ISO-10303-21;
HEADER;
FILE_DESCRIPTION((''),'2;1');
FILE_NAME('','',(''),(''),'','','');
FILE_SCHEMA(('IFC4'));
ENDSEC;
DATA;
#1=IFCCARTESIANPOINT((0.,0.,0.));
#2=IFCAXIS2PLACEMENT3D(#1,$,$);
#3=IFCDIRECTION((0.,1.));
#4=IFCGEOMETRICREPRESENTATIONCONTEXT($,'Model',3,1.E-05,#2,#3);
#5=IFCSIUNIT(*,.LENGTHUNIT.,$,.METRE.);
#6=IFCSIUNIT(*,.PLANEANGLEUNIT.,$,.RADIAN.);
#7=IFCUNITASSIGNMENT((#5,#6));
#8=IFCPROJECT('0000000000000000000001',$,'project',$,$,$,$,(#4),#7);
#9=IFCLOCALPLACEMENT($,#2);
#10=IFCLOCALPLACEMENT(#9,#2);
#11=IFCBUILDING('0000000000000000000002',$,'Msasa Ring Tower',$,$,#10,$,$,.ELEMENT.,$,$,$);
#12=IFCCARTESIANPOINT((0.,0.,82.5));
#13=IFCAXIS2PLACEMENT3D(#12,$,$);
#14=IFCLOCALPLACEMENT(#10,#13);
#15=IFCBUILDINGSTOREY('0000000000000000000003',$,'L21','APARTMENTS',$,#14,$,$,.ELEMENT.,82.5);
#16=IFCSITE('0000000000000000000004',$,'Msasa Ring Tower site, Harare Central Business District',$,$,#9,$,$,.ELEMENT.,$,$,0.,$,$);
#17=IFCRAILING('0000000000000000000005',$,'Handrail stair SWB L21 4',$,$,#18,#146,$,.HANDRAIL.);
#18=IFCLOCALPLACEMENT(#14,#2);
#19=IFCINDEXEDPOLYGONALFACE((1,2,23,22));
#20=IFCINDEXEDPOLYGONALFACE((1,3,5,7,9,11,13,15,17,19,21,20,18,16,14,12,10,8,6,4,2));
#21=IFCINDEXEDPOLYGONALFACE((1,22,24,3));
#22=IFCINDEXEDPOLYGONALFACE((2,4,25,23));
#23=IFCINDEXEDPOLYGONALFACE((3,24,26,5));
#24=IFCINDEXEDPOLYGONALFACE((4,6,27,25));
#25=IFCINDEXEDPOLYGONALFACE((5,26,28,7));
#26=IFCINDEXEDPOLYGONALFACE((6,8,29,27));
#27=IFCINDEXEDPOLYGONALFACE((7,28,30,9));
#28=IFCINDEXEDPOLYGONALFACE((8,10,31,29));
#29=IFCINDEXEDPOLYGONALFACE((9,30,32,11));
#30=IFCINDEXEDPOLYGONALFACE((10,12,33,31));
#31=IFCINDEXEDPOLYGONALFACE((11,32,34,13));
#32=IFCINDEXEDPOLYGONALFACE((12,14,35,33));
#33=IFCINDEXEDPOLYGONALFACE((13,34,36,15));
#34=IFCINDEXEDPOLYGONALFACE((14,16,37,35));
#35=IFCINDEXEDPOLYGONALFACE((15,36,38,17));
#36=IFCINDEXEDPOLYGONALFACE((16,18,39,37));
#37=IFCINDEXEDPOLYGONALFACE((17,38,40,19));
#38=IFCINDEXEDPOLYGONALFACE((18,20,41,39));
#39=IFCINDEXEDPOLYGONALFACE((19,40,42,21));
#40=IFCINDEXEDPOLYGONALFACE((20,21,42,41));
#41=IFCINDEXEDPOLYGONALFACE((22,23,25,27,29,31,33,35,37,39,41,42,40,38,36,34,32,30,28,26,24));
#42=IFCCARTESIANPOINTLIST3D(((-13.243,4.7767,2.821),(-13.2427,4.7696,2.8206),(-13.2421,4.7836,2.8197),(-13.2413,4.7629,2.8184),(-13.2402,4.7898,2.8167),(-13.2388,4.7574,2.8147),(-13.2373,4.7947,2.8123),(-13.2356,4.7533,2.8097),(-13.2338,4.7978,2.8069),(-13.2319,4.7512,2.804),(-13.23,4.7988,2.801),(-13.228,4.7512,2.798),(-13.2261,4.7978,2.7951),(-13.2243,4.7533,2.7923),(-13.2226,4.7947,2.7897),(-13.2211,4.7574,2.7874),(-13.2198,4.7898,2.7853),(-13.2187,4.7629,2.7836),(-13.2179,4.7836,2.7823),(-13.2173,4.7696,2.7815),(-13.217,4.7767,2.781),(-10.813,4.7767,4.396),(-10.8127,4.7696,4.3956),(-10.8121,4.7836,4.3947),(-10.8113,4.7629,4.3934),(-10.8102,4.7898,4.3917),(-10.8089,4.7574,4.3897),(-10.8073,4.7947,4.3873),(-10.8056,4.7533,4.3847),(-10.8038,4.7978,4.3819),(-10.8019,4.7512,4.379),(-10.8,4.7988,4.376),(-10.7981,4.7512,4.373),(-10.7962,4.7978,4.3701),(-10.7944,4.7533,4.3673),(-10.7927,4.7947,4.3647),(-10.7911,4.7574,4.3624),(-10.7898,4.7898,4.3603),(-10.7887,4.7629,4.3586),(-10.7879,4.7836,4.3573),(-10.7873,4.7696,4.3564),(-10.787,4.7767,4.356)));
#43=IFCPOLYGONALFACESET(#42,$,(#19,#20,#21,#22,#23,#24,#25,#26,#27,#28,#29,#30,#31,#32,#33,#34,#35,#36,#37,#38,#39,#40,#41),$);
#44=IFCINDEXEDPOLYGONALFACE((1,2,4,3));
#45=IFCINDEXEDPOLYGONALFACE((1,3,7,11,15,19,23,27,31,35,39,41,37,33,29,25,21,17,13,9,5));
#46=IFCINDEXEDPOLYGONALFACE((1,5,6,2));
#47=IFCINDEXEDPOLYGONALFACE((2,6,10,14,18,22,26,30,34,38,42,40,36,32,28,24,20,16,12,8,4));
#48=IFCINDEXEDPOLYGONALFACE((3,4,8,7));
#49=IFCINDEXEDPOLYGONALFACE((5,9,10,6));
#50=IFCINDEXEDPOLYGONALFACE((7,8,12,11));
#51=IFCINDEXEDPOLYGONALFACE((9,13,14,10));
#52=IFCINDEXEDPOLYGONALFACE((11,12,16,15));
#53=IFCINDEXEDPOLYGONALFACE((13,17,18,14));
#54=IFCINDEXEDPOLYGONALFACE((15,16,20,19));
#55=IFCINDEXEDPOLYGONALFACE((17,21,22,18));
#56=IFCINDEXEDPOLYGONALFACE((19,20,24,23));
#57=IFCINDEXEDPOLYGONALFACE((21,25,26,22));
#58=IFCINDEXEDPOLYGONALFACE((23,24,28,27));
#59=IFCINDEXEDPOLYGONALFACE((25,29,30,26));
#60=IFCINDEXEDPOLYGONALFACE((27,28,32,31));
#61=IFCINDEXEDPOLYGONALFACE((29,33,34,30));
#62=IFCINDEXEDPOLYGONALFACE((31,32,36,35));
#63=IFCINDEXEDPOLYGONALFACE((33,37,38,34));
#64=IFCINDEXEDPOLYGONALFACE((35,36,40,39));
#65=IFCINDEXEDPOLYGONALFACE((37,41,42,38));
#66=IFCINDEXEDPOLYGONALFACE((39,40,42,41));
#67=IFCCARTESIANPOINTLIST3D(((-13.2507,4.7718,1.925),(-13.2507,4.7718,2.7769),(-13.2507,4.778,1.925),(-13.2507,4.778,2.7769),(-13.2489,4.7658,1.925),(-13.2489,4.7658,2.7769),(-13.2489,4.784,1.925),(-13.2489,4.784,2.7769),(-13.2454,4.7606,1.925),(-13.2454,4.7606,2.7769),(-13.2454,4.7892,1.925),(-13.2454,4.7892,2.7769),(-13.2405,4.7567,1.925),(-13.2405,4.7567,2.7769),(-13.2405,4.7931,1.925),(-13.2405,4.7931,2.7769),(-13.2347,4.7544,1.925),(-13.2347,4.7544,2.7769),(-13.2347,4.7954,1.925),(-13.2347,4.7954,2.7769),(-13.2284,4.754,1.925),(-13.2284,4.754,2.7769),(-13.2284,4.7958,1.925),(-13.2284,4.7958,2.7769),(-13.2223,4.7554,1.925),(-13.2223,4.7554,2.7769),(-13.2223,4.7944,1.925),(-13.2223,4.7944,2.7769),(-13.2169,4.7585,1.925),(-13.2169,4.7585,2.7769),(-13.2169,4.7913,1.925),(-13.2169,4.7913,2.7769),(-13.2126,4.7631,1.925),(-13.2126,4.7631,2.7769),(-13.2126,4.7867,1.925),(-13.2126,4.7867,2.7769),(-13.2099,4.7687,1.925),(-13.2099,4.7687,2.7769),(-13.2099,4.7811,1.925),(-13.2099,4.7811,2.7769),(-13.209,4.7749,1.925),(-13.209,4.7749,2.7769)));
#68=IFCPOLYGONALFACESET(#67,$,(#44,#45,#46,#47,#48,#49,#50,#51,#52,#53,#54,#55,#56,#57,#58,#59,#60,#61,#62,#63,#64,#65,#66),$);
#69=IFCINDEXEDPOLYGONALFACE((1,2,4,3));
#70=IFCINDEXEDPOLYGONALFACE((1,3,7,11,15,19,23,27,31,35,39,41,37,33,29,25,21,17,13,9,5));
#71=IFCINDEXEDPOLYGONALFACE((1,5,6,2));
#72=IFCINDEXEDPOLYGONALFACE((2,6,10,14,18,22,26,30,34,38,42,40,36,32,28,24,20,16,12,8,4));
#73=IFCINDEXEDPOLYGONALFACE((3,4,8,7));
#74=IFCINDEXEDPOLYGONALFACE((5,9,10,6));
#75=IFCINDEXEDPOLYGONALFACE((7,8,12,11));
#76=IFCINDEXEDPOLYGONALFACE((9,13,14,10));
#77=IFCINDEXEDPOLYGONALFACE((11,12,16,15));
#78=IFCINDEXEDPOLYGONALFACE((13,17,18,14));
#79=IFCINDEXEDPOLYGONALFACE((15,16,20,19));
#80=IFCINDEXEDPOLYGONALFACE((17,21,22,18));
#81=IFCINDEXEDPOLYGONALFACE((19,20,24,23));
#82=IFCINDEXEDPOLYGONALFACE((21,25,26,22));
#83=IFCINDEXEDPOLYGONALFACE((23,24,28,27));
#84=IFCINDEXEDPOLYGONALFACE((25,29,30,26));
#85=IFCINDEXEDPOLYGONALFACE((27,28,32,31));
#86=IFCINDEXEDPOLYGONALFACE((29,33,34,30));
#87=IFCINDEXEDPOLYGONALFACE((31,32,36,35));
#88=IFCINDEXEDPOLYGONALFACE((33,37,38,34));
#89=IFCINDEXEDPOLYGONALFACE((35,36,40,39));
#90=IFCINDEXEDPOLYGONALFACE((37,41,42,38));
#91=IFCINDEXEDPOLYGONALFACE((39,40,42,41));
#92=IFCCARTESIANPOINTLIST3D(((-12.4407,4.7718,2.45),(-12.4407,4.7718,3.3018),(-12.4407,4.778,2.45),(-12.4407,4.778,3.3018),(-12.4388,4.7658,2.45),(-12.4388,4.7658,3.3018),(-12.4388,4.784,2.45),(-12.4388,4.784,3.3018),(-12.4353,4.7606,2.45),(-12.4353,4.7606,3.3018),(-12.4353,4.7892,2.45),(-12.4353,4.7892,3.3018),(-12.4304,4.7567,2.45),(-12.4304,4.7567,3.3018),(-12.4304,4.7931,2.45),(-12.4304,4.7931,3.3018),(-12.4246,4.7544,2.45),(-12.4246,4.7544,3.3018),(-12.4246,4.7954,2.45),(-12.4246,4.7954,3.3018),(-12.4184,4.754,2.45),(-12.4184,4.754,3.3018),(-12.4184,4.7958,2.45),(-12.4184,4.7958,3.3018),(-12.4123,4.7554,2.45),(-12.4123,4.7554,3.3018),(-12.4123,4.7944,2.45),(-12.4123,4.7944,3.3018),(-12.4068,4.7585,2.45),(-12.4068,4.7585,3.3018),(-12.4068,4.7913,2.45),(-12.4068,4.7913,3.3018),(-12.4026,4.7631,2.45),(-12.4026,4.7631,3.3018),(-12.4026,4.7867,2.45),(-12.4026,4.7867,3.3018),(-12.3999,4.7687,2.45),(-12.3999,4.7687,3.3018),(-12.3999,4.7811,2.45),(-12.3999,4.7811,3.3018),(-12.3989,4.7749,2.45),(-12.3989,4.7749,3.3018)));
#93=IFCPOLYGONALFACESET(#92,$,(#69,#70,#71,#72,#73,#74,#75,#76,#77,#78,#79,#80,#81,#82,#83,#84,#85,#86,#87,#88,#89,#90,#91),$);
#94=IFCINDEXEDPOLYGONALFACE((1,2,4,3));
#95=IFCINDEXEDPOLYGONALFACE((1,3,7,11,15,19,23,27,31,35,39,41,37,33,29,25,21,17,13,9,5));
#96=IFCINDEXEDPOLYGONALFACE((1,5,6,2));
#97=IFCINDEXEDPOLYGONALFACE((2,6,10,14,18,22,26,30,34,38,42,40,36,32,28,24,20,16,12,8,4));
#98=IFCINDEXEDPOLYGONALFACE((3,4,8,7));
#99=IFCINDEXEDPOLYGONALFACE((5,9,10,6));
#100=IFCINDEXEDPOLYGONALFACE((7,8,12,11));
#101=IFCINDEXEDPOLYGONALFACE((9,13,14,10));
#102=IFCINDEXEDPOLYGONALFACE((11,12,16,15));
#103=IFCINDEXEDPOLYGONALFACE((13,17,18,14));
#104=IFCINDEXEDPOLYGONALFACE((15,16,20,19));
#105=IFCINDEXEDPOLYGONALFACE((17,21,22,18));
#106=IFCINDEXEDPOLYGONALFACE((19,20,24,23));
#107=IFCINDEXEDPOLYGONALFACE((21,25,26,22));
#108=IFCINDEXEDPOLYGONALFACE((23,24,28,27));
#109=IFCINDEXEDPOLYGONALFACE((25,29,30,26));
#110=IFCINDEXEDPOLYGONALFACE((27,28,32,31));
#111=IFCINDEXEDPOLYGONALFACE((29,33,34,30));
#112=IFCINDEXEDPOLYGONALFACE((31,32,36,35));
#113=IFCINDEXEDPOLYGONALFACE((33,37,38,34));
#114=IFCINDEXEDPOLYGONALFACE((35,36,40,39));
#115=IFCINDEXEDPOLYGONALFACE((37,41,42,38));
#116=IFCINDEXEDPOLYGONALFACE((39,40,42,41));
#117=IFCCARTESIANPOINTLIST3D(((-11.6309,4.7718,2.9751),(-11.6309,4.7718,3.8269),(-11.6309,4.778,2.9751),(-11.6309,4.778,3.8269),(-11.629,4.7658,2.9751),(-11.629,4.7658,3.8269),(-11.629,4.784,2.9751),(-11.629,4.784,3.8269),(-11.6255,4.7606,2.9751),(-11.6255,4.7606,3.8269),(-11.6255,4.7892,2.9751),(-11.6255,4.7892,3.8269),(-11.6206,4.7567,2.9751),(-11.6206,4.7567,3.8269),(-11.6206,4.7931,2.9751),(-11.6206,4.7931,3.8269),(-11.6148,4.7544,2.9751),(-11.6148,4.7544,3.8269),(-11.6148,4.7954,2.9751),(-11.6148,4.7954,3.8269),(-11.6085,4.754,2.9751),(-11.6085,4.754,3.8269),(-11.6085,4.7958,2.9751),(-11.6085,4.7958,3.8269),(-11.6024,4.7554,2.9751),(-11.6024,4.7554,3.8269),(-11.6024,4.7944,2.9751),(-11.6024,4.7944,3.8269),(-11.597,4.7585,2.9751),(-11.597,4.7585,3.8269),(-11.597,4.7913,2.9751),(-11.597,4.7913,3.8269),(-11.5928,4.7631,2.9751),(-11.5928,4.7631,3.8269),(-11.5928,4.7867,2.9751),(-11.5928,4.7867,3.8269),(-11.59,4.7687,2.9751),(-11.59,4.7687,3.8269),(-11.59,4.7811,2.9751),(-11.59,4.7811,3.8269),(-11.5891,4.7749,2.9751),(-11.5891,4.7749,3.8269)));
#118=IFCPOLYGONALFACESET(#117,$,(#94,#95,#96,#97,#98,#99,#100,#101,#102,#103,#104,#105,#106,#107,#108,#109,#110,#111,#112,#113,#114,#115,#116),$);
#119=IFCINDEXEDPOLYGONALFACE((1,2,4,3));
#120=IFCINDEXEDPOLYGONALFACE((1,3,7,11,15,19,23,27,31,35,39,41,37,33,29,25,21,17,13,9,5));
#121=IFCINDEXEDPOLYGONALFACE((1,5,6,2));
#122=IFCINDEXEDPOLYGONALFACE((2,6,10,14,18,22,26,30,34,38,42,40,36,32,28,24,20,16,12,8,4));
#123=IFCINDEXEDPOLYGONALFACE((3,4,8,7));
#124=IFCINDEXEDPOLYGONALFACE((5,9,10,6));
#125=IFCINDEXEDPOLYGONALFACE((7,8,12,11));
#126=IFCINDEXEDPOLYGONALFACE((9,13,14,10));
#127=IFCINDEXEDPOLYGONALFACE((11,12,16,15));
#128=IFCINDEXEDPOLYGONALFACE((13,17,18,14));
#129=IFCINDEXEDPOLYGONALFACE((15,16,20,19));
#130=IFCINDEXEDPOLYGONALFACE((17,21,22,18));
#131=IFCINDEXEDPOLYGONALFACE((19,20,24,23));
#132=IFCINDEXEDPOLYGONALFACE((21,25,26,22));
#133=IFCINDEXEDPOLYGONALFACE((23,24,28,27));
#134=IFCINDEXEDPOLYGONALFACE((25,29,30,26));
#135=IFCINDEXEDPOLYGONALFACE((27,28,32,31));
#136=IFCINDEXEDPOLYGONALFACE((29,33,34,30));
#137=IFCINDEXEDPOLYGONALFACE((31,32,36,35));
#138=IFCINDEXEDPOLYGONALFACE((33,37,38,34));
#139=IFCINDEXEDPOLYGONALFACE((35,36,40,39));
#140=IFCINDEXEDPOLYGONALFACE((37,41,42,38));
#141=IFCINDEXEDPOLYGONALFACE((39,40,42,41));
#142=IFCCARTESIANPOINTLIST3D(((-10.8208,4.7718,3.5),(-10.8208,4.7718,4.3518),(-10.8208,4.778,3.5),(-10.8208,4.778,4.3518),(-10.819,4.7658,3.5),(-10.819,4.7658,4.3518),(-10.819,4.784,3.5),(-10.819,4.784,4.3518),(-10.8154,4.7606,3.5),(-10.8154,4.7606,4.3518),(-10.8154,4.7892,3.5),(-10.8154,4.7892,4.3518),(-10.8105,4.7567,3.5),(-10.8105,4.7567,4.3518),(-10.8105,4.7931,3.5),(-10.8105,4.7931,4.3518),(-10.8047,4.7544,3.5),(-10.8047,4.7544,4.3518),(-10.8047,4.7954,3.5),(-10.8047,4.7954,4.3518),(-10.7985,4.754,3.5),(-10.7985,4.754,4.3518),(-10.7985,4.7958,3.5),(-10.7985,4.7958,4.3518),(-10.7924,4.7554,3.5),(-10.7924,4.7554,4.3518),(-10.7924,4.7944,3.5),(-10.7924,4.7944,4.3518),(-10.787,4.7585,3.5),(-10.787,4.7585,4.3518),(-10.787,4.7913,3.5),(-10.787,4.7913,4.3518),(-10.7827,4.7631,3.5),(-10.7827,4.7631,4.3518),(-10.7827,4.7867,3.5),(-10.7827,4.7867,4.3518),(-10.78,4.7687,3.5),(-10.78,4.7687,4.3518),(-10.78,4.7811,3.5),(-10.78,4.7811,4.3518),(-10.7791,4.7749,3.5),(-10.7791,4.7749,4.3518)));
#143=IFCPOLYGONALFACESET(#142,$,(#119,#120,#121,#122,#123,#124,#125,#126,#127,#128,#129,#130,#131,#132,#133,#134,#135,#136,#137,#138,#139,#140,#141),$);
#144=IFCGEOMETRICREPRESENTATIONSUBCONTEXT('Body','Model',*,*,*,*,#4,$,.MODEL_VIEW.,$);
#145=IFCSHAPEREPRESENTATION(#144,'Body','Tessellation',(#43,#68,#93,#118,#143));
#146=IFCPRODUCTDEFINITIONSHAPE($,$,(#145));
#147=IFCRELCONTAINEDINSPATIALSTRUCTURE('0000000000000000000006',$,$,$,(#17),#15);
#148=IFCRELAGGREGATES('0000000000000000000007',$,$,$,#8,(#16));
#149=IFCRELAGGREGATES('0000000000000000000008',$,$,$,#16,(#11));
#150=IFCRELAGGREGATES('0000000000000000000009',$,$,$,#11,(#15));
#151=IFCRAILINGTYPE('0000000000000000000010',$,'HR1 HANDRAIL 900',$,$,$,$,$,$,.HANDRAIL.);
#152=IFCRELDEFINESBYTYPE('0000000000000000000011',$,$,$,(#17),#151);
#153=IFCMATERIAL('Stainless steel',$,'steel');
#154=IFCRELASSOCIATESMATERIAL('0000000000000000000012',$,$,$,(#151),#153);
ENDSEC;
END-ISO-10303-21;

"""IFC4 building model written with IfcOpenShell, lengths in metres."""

from ifc_helpers import new_model, si_unit, direction, frame, origin, origin_2d, place, context, subcontext, project, spatial, circle, extrude, material, type_object, element, save


model = new_model("IFC4")

# Units and contexts
model_context = context("Model", 3, precision=1e-05, world=origin(), true_north=direction((0.0, 1.0)))
body_context = subcontext(model_context, "Body", "Model", "MODEL_VIEW")
ifc_project = project(units=[si_unit("LENGTHUNIT", "METRE"), si_unit("PLANEANGLEUNIT", "RADIAN")], contexts=[model_context])

# Site, building, storey
site_placement = place(None, origin())
site = spatial("IfcSite", under=ifc_project, at=site_placement, Name="Msasa Ring Tower site, Harare Central Business District", CompositionType="ELEMENT", RefElevation=0.0)
building_placement = place(site_placement, origin())
building = spatial("IfcBuilding", under=site, at=building_placement, Name="Msasa Ring Tower", CompositionType="ELEMENT")
storey_placement = place(building_placement, frame((0.0, 0.0, 82.5)))
storey = spatial("IfcBuildingStorey", under=building, at=storey_placement, Name="L21", Description="APARTMENTS", CompositionType="ELEMENT", Elevation=82.5)

# Railing
ifc_material_1 = material(Name="Stainless steel", Category="steel")
railing_type = type_object("IfcRailingType", Name="HR1 HANDRAIL 900", PredefinedType="HANDRAIL", material=ifc_material_1)
for number, where, name in (
    (1, (-13.23, 4.7749, 1.925), "Handrail stair SWB L21 4"),
):
    element("IfcRailing", number, at=place(storey_placement, frame(where)), inside=storey, type_object=railing_type, Name=name, PredefinedType="HANDRAIL", context=body_context, shape_type="SweptSolid", body=[
        extrude(circle(Radius=0.0239, at=origin_2d()), frame((0.0, 0.0, 0.876), z_axis=(0.839154, 0.0, 0.543894), x_axis=(0.0, 1.0, 0.0)), (0.0, 0.0, 1.0), 2.8958),
        extrude(circle(Radius=0.021, at=origin_2d()), origin(), (0.0, 0.0, 1.0), 0.8518),
        extrude(circle(Radius=0.021, at=origin_2d()), frame((0.8101, 0.0, 0.5249)), (0.0, 0.0, 1.0), 0.8518),
        extrude(circle(Radius=0.021, at=origin_2d()), frame((1.6199, 0.0, 1.05)), (0.0, 0.0, 1.0), 0.8518),
        extrude(circle(Radius=0.021, at=origin_2d()), frame((2.4299, 0.0, 1.575)), (0.0, 0.0, 1.0), 0.8518),
    ])

save(model, "model.ifc")
